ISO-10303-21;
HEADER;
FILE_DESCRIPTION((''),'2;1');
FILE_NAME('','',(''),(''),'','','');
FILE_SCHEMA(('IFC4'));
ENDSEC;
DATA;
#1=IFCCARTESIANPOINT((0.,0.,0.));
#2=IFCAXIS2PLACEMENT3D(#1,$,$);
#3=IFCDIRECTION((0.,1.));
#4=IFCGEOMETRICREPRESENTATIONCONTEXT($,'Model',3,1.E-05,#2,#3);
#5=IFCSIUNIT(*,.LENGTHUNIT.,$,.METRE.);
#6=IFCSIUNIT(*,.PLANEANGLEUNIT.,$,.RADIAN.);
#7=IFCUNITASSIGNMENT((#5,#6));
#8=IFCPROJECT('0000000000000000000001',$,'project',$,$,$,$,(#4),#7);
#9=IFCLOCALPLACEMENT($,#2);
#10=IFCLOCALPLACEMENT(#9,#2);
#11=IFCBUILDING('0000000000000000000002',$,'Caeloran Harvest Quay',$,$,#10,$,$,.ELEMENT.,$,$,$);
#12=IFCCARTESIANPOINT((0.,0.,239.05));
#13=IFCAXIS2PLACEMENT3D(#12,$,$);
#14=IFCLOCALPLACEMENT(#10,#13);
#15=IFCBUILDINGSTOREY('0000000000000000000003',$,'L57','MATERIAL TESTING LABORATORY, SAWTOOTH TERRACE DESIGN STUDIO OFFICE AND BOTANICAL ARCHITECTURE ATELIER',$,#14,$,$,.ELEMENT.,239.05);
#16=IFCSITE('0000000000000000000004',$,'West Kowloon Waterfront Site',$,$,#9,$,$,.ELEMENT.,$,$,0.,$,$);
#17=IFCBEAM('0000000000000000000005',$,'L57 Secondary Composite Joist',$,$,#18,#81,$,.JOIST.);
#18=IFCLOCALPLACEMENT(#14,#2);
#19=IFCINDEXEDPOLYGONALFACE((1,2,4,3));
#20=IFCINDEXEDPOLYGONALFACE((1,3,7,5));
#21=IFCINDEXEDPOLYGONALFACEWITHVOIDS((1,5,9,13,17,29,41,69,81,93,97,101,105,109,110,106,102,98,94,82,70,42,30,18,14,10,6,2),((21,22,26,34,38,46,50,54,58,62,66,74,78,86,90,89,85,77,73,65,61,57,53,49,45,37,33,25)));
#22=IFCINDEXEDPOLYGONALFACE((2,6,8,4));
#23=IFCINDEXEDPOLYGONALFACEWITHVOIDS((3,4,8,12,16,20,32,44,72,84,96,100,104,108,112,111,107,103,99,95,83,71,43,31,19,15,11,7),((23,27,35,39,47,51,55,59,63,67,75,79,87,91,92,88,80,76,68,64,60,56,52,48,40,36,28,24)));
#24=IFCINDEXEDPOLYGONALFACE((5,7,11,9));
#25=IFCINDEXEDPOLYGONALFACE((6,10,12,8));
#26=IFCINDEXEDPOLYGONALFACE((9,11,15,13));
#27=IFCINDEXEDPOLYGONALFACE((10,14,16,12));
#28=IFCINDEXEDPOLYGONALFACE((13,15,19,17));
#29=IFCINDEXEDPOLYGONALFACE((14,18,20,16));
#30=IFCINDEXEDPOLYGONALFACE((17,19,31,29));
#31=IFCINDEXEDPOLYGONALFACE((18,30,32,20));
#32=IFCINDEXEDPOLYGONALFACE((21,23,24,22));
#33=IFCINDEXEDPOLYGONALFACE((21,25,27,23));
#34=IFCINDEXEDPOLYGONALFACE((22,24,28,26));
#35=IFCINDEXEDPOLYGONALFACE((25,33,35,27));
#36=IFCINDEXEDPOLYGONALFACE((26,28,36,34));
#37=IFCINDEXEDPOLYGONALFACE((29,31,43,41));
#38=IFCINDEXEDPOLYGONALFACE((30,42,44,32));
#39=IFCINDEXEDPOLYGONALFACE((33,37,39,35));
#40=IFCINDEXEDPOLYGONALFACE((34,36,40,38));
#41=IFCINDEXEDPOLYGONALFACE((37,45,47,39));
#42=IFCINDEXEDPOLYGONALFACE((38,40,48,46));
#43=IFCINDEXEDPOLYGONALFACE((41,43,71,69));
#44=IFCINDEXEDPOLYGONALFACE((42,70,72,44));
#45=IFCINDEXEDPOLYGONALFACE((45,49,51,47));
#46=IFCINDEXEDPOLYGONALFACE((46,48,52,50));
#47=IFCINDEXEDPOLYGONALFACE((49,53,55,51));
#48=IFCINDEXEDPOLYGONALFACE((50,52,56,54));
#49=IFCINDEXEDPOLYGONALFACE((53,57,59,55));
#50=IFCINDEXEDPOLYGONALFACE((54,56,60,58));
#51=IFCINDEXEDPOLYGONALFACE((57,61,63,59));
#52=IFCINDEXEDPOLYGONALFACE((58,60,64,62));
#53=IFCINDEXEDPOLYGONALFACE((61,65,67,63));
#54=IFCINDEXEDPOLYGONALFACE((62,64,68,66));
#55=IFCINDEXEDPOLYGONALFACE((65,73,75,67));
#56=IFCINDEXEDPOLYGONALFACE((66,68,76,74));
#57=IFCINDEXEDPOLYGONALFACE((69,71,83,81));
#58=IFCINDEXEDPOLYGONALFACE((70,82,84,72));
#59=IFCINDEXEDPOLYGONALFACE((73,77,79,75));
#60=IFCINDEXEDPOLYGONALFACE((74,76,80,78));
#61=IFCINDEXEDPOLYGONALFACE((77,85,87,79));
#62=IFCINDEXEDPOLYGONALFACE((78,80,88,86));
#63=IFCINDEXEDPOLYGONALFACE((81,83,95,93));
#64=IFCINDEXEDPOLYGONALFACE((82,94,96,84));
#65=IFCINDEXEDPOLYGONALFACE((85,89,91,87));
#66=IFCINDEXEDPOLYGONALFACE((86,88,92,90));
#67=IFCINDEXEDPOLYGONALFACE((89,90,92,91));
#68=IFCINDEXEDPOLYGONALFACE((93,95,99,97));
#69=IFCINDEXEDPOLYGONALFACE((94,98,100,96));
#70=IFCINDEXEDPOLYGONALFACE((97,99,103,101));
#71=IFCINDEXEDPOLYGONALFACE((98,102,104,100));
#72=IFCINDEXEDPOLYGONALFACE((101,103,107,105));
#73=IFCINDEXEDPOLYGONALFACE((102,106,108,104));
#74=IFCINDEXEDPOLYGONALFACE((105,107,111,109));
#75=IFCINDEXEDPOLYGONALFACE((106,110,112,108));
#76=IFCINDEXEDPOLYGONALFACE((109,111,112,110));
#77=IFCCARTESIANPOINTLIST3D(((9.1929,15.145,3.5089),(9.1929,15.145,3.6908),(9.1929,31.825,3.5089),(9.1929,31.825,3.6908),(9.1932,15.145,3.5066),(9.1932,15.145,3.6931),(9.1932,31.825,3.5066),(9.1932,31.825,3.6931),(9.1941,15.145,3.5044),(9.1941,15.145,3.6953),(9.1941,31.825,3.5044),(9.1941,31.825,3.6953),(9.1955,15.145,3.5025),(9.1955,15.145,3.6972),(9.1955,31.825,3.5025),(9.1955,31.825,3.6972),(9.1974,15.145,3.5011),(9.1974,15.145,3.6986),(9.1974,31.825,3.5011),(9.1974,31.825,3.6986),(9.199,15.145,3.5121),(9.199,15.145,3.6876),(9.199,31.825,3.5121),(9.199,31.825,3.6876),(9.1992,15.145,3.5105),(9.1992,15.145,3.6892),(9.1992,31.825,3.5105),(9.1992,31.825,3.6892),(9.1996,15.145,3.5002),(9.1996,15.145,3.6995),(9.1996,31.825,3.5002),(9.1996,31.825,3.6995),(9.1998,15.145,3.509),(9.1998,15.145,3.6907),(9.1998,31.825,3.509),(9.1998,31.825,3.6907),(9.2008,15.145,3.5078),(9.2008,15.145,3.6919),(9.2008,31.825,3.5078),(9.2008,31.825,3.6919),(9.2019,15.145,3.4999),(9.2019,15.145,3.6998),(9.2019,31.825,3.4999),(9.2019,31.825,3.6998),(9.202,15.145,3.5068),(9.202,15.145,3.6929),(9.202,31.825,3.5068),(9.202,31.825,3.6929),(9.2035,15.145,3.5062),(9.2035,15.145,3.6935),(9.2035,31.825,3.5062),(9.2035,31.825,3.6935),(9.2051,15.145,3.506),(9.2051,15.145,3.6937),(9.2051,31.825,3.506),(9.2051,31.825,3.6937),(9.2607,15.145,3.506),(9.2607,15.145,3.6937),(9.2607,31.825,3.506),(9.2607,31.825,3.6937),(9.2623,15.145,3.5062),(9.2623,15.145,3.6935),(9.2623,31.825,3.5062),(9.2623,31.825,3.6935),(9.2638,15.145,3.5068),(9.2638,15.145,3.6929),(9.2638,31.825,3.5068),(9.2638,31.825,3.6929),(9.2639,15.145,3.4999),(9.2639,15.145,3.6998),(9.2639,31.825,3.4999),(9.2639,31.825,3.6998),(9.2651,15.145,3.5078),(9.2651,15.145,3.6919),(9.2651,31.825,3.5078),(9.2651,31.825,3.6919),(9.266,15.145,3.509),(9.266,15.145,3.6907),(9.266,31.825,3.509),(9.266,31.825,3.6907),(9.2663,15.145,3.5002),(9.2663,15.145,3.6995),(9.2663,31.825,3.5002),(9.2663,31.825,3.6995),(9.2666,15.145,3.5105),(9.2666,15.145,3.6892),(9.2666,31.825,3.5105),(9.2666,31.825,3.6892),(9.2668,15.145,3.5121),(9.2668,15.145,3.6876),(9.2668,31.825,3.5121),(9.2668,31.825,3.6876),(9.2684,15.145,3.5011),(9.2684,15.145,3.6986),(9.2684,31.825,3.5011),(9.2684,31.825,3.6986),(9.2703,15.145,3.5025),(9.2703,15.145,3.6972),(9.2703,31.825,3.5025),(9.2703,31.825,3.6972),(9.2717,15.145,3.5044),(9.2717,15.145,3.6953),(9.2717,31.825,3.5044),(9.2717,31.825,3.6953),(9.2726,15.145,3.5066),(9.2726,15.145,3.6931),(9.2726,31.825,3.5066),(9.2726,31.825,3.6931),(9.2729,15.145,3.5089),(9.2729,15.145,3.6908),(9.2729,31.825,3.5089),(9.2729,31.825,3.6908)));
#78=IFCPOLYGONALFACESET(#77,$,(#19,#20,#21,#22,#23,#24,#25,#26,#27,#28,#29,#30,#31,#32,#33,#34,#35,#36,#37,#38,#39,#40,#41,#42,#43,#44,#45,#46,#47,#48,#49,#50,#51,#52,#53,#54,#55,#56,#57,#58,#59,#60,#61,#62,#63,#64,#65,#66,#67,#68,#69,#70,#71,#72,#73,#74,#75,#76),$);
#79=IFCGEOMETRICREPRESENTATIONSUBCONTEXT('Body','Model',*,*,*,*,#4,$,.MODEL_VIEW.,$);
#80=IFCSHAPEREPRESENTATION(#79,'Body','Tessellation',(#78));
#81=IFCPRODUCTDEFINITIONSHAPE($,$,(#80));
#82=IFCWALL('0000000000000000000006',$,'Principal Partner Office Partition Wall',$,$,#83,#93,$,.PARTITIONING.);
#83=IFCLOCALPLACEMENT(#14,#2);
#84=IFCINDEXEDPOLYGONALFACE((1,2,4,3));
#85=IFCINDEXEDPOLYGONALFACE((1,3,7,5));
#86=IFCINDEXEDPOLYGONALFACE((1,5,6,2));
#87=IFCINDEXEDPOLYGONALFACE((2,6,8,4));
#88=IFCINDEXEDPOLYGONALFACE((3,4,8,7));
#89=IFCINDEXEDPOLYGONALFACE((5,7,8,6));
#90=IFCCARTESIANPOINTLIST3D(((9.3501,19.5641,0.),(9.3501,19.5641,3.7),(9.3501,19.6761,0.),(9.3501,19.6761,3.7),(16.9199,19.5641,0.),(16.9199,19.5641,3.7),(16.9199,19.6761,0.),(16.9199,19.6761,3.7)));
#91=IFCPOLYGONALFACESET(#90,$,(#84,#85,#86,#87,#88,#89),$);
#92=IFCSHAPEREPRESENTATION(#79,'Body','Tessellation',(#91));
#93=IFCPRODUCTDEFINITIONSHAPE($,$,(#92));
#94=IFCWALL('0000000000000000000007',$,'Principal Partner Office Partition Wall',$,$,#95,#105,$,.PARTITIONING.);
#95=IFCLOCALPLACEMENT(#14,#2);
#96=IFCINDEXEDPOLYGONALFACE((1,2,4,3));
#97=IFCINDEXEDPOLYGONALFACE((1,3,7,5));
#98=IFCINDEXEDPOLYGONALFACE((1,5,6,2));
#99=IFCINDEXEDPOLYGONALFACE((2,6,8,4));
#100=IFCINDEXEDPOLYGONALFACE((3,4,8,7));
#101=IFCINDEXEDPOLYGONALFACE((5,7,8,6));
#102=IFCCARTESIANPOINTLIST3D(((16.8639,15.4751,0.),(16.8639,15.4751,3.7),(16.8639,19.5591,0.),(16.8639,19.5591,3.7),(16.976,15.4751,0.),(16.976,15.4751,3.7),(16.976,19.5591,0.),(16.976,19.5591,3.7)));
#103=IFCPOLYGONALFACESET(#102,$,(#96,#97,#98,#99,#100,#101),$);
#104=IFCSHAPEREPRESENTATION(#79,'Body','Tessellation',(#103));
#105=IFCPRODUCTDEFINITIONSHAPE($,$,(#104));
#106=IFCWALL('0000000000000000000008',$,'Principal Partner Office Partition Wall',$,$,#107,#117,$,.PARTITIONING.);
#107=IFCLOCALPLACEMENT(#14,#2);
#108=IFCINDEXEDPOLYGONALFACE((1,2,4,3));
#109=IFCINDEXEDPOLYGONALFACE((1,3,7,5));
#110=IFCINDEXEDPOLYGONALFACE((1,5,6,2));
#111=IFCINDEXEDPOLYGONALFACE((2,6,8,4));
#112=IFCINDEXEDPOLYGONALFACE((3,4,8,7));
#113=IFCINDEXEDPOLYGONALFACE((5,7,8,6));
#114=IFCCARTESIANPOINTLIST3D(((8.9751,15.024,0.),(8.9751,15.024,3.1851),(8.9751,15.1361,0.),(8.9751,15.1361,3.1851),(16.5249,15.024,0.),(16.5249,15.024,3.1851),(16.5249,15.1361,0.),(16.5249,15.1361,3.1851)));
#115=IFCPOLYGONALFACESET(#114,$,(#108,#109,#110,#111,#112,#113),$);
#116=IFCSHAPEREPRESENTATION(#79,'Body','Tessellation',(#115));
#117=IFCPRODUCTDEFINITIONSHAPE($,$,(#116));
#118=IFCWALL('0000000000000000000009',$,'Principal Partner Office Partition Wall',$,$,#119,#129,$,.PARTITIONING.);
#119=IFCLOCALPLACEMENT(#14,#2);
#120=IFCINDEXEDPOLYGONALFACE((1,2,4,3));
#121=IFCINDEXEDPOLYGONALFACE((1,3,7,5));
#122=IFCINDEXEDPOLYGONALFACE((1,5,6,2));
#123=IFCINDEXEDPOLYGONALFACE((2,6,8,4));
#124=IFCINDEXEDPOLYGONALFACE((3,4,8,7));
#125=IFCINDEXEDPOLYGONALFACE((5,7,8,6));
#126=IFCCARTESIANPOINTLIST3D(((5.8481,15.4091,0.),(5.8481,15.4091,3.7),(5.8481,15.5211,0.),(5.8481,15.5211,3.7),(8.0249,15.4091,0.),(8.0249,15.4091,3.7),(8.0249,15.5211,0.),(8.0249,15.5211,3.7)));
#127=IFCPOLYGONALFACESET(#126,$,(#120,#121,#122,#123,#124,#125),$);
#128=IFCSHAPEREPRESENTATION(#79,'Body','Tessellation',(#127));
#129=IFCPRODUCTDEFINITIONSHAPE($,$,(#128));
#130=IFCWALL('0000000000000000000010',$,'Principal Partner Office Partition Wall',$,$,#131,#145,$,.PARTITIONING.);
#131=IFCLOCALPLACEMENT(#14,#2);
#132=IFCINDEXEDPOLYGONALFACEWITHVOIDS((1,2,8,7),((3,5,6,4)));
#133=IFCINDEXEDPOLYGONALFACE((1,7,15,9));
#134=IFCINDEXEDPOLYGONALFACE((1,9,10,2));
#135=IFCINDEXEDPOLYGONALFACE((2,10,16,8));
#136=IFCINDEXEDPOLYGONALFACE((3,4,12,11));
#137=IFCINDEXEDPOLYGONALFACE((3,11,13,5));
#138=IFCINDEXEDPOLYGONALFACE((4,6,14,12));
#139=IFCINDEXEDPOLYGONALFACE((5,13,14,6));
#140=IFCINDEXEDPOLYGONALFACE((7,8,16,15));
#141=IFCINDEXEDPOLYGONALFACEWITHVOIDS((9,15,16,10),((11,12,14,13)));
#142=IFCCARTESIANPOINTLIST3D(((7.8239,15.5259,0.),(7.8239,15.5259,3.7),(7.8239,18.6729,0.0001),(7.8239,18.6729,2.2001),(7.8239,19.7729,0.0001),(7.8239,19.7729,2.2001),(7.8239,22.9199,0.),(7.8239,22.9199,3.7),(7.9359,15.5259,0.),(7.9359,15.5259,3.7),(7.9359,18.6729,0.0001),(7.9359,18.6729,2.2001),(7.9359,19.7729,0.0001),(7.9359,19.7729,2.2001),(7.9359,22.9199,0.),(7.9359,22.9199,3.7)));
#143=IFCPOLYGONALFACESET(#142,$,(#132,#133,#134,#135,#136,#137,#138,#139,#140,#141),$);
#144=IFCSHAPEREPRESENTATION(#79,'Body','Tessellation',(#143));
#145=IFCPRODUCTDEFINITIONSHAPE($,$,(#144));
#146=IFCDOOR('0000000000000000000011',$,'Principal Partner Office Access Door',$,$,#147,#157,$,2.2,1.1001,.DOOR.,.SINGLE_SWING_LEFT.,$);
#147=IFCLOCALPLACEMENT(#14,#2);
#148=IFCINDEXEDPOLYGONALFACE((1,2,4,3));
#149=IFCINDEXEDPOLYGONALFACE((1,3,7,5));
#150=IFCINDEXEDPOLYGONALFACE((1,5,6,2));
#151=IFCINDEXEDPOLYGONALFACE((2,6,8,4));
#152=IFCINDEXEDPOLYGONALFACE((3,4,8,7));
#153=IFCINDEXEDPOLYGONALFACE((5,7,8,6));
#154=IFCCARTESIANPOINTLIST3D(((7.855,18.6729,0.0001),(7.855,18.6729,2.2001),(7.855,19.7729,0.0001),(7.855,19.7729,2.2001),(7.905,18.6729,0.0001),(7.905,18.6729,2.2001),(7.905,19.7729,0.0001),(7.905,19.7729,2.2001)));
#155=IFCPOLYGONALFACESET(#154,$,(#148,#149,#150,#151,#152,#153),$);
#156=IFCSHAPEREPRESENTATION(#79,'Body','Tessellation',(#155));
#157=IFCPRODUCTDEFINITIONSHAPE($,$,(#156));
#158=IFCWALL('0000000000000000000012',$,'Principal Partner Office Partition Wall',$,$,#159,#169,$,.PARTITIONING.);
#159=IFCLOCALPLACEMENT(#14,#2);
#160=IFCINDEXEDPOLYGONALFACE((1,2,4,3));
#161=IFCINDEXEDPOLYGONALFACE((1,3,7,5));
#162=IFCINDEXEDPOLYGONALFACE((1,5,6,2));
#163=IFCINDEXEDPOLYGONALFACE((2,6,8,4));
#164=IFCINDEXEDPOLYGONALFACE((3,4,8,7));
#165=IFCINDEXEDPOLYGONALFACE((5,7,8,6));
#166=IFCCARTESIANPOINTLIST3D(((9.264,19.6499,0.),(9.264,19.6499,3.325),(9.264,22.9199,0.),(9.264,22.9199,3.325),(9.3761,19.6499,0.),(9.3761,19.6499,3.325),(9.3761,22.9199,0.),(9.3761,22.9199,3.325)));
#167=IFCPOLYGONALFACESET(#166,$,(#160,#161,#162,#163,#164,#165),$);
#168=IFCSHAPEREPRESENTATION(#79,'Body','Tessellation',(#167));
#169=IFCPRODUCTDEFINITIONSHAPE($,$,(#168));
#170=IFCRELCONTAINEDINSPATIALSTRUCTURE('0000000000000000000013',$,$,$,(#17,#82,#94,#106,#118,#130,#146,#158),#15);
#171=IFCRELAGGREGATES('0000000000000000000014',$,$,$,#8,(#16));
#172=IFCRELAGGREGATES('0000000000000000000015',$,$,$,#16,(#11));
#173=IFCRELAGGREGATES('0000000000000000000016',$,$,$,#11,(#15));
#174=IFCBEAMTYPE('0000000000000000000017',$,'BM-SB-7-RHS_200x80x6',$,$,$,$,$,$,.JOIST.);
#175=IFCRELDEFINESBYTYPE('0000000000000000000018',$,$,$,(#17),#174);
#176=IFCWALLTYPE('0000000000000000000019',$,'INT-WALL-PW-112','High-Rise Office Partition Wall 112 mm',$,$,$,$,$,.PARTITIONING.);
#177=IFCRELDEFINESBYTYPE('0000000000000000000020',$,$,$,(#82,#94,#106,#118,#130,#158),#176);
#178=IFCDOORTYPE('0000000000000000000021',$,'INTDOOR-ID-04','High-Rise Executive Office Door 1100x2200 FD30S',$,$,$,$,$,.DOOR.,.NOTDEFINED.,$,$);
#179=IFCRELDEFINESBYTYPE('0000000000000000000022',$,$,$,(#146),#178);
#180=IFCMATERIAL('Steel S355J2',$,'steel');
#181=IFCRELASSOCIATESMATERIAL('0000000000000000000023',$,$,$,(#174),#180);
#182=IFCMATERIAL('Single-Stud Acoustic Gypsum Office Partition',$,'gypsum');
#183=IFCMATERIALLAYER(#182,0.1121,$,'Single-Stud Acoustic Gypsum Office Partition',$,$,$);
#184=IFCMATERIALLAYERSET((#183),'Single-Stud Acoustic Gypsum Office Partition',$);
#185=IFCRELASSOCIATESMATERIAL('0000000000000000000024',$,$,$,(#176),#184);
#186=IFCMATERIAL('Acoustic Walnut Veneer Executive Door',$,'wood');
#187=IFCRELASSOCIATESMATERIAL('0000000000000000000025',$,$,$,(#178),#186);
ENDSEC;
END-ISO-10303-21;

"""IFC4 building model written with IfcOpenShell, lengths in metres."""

from ifc_helpers import new_model, si_unit, direction, frame, frame_2d, origin, origin_2d, place, context, subcontext, project, spatial, rectangle, hollow_rectangle, extrude, material, layer, layer_set, material_profile, profile_set, type_object, element, fill, save


model = new_model("IFC4")

# Units and contexts
model_context = context("Model", 3, precision=1e-05, world=origin(), true_north=direction((0.0, 1.0)))
body_context = subcontext(model_context, "Body", "Model", "MODEL_VIEW")
ifc_project = project(units=[si_unit("LENGTHUNIT", "METRE"), si_unit("PLANEANGLEUNIT", "RADIAN")], contexts=[model_context])

# Site, building, storey
site_placement = place(None, origin())
site = spatial("IfcSite", under=ifc_project, at=site_placement, Name="West Kowloon Waterfront Site", CompositionType="ELEMENT", RefElevation=0.0)
building_placement = place(site_placement, origin())
building = spatial("IfcBuilding", under=site, at=building_placement, Name="Caeloran Harvest Quay", CompositionType="ELEMENT")
storey_placement = place(building_placement, frame((0.0, 0.0, 239.05)))
storey = spatial("IfcBuildingStorey", under=building, at=storey_placement, Name="L57", Description="MATERIAL TESTING LABORATORY, SAWTOOTH TERRACE DESIGN STUDIO OFFICE AND BOTANICAL ARCHITECTURE ATELIER", CompositionType="ELEMENT", Elevation=239.05)

# Beam
ifc_material_1 = material(Name="Steel S355J2", Category="steel")
ifc_material_profile_1 = material_profile(ifc_material_1, hollow_rectangle(XDim=0.0801, YDim=0.2, WallThickness=0.0061, InnerFilletRadius=0.0061, OuterFilletRadius=0.009, at=origin_2d()), Name="RHS 200x80x6")
ifc_profile_set_1 = profile_set([ifc_material_profile_1], Name="Steel S355J2")
beam_type_1 = type_object("IfcBeamType", Name="BM-SB-7-RHS_200x80x6", PredefinedType="JOIST", material=ifc_profile_set_1)
beam_1_placement = place(storey_placement, frame((9.2329, 15.145, 3.5999), z_axis=(0.0, 1.0, 0.0), x_axis=(-1.0, 0.0, 0.0)))
element("IfcBeam", 1, at=beam_1_placement, inside=storey, type_object=beam_type_1, Name="L57 Secondary Composite Joist", PredefinedType="JOIST", context=body_context, shape_type="SweptSolid", body=[
    extrude(hollow_rectangle(XDim=0.0801, YDim=0.2, WallThickness=0.0061, InnerFilletRadius=0.0061, OuterFilletRadius=0.009, at=origin_2d()), origin(), (0.0, 0.0, 1.0), 16.6799),
])

# Walls
ifc_material_2 = material(Name="Single-Stud Acoustic Gypsum Office Partition", Category="gypsum")
ifc_layer_1 = layer(ifc_material_2, 0.1121, Name="Single-Stud Acoustic Gypsum Office Partition")
ifc_layer_set_1 = layer_set([ifc_layer_1], Name="Single-Stud Acoustic Gypsum Office Partition")
wall_type_1 = type_object("IfcWallType", Name="INT-WALL-PW-112", Description="High-Rise Office Partition Wall 112 mm", PredefinedType="PARTITIONING", material=ifc_layer_set_1)
wall_1_placement = place(storey_placement, frame((9.3501, 19.6201, 0.0), z_axis=(0.0, 0.0, 1.0), x_axis=(1.0, 0.0, 0.0)))
element("IfcWall", 2, at=wall_1_placement, inside=storey, type_object=wall_type_1, Name="Principal Partner Office Partition Wall", PredefinedType="PARTITIONING", context=body_context, shape_type="SweptSolid", body=[
    extrude(rectangle(XDim=7.5698, YDim=0.1121, at=frame_2d((3.7849, 0.0))), origin(), (0.0, 0.0, 1.0), 3.7),
])
wall_2_placement = place(storey_placement, frame((16.9199, 19.5591, 0.0), z_axis=(0.0, 0.0, 1.0), x_axis=(0.0, -1.0, 0.0)))
element("IfcWall", 3, at=wall_2_placement, inside=storey, type_object=wall_type_1, Name="Principal Partner Office Partition Wall", PredefinedType="PARTITIONING", context=body_context, shape_type="SweptSolid", body=[
    extrude(rectangle(XDim=4.084, YDim=0.1121, at=frame_2d((2.042, 0.0))), origin(), (0.0, 0.0, 1.0), 3.7),
])
wall_3_placement = place(storey_placement, frame((16.5249, 15.0801, 0.0), z_axis=(0.0, 0.0, 1.0), x_axis=(-1.0, 0.0, 0.0)))
element("IfcWall", 4, at=wall_3_placement, inside=storey, type_object=wall_type_1, Name="Principal Partner Office Partition Wall", PredefinedType="PARTITIONING", context=body_context, shape_type="SweptSolid", body=[
    extrude(rectangle(XDim=7.5498, YDim=0.1121, at=frame_2d((3.7749, 0.0))), origin(), (0.0, 0.0, 1.0), 3.1851),
])
wall_4_placement = place(storey_placement, frame((8.0249, 15.4651, 0.0), z_axis=(0.0, 0.0, 1.0), x_axis=(-1.0, 0.0, 0.0)))
element("IfcWall", 5, at=wall_4_placement, inside=storey, type_object=wall_type_1, Name="Principal Partner Office Partition Wall", PredefinedType="PARTITIONING", context=body_context, shape_type="SweptSolid", body=[
    extrude(rectangle(XDim=2.1768, YDim=0.1121, at=frame_2d((1.0884, 0.0))), origin(), (0.0, 0.0, 1.0), 3.7),
])

# Wall, opening, door
wall_5_placement = place(storey_placement, frame((7.8799, 15.5259, 0.0), z_axis=(0.0, 0.0, 1.0), x_axis=(0.0, 1.0, 0.0)))
wall_5 = element("IfcWall", 6, at=wall_5_placement, inside=storey, type_object=wall_type_1, Name="Principal Partner Office Partition Wall", PredefinedType="PARTITIONING", context=body_context, shape_type="SweptSolid", body=[
    extrude(rectangle(XDim=7.394, YDim=0.1121, at=frame_2d((3.697, 0.0))), origin(), (0.0, 0.0, 1.0), 3.7),
])
opening_1_placement = place(wall_5_placement, frame((3.147, 0.0, 0.0)))
opening_1 = element("IfcOpeningElement", 7, at=opening_1_placement, cuts=wall_5, PredefinedType="OPENING", context=body_context, shape_type="SweptSolid", body=[
    extrude(rectangle(XDim=1.1001, YDim=2.2, at=frame_2d((0.55, 1.1001))), frame((0.0, 0.0659, 0.0), z_axis=(0.0, -1.0, 0.0), x_axis=(1.0, 0.0, 0.0)), (0.0, 0.0, 1.0), 0.1321),
])
ifc_material_3 = material(Name="Acoustic Walnut Veneer Executive Door", Category="wood")
door_type_1 = type_object("IfcDoorType", Name="INTDOOR-ID-04", Description="High-Rise Executive Office Door 1100x2200 FD30S", OperationType="NOTDEFINED", PredefinedType="DOOR", material=ifc_material_3)
door_1_placement = place(opening_1_placement, origin())
door_1 = element("IfcDoor", 8, at=door_1_placement, inside=storey, type_object=door_type_1, Name="Principal Partner Office Access Door", OperationType="SINGLE_SWING_LEFT", OverallHeight=2.2, OverallWidth=1.1001, PredefinedType="DOOR", context=body_context, shape_type="SweptSolid", body=[
    extrude(rectangle(XDim=1.1001, YDim=2.2, at=frame_2d((0.55, 1.1001))), frame((0.0, 0.0249, 0.0), z_axis=(0.0, -1.0, 0.0), x_axis=(1.0, 0.0, 0.0)), (0.0, 0.0, 1.0), 0.05),
])
fill(opening_1, door_1)

# Wall
wall_6_placement = place(storey_placement, frame((9.3201, 22.9199, 0.0), z_axis=(0.0, 0.0, 1.0), x_axis=(0.0, -1.0, 0.0)))
element("IfcWall", 9, at=wall_6_placement, inside=storey, type_object=wall_type_1, Name="Principal Partner Office Partition Wall", PredefinedType="PARTITIONING", context=body_context, shape_type="SweptSolid", body=[
    extrude(rectangle(XDim=3.27, YDim=0.1121, at=frame_2d((1.635, 0.0))), origin(), (0.0, 0.0, 1.0), 3.325),
])

save(model, "model.ifc")
